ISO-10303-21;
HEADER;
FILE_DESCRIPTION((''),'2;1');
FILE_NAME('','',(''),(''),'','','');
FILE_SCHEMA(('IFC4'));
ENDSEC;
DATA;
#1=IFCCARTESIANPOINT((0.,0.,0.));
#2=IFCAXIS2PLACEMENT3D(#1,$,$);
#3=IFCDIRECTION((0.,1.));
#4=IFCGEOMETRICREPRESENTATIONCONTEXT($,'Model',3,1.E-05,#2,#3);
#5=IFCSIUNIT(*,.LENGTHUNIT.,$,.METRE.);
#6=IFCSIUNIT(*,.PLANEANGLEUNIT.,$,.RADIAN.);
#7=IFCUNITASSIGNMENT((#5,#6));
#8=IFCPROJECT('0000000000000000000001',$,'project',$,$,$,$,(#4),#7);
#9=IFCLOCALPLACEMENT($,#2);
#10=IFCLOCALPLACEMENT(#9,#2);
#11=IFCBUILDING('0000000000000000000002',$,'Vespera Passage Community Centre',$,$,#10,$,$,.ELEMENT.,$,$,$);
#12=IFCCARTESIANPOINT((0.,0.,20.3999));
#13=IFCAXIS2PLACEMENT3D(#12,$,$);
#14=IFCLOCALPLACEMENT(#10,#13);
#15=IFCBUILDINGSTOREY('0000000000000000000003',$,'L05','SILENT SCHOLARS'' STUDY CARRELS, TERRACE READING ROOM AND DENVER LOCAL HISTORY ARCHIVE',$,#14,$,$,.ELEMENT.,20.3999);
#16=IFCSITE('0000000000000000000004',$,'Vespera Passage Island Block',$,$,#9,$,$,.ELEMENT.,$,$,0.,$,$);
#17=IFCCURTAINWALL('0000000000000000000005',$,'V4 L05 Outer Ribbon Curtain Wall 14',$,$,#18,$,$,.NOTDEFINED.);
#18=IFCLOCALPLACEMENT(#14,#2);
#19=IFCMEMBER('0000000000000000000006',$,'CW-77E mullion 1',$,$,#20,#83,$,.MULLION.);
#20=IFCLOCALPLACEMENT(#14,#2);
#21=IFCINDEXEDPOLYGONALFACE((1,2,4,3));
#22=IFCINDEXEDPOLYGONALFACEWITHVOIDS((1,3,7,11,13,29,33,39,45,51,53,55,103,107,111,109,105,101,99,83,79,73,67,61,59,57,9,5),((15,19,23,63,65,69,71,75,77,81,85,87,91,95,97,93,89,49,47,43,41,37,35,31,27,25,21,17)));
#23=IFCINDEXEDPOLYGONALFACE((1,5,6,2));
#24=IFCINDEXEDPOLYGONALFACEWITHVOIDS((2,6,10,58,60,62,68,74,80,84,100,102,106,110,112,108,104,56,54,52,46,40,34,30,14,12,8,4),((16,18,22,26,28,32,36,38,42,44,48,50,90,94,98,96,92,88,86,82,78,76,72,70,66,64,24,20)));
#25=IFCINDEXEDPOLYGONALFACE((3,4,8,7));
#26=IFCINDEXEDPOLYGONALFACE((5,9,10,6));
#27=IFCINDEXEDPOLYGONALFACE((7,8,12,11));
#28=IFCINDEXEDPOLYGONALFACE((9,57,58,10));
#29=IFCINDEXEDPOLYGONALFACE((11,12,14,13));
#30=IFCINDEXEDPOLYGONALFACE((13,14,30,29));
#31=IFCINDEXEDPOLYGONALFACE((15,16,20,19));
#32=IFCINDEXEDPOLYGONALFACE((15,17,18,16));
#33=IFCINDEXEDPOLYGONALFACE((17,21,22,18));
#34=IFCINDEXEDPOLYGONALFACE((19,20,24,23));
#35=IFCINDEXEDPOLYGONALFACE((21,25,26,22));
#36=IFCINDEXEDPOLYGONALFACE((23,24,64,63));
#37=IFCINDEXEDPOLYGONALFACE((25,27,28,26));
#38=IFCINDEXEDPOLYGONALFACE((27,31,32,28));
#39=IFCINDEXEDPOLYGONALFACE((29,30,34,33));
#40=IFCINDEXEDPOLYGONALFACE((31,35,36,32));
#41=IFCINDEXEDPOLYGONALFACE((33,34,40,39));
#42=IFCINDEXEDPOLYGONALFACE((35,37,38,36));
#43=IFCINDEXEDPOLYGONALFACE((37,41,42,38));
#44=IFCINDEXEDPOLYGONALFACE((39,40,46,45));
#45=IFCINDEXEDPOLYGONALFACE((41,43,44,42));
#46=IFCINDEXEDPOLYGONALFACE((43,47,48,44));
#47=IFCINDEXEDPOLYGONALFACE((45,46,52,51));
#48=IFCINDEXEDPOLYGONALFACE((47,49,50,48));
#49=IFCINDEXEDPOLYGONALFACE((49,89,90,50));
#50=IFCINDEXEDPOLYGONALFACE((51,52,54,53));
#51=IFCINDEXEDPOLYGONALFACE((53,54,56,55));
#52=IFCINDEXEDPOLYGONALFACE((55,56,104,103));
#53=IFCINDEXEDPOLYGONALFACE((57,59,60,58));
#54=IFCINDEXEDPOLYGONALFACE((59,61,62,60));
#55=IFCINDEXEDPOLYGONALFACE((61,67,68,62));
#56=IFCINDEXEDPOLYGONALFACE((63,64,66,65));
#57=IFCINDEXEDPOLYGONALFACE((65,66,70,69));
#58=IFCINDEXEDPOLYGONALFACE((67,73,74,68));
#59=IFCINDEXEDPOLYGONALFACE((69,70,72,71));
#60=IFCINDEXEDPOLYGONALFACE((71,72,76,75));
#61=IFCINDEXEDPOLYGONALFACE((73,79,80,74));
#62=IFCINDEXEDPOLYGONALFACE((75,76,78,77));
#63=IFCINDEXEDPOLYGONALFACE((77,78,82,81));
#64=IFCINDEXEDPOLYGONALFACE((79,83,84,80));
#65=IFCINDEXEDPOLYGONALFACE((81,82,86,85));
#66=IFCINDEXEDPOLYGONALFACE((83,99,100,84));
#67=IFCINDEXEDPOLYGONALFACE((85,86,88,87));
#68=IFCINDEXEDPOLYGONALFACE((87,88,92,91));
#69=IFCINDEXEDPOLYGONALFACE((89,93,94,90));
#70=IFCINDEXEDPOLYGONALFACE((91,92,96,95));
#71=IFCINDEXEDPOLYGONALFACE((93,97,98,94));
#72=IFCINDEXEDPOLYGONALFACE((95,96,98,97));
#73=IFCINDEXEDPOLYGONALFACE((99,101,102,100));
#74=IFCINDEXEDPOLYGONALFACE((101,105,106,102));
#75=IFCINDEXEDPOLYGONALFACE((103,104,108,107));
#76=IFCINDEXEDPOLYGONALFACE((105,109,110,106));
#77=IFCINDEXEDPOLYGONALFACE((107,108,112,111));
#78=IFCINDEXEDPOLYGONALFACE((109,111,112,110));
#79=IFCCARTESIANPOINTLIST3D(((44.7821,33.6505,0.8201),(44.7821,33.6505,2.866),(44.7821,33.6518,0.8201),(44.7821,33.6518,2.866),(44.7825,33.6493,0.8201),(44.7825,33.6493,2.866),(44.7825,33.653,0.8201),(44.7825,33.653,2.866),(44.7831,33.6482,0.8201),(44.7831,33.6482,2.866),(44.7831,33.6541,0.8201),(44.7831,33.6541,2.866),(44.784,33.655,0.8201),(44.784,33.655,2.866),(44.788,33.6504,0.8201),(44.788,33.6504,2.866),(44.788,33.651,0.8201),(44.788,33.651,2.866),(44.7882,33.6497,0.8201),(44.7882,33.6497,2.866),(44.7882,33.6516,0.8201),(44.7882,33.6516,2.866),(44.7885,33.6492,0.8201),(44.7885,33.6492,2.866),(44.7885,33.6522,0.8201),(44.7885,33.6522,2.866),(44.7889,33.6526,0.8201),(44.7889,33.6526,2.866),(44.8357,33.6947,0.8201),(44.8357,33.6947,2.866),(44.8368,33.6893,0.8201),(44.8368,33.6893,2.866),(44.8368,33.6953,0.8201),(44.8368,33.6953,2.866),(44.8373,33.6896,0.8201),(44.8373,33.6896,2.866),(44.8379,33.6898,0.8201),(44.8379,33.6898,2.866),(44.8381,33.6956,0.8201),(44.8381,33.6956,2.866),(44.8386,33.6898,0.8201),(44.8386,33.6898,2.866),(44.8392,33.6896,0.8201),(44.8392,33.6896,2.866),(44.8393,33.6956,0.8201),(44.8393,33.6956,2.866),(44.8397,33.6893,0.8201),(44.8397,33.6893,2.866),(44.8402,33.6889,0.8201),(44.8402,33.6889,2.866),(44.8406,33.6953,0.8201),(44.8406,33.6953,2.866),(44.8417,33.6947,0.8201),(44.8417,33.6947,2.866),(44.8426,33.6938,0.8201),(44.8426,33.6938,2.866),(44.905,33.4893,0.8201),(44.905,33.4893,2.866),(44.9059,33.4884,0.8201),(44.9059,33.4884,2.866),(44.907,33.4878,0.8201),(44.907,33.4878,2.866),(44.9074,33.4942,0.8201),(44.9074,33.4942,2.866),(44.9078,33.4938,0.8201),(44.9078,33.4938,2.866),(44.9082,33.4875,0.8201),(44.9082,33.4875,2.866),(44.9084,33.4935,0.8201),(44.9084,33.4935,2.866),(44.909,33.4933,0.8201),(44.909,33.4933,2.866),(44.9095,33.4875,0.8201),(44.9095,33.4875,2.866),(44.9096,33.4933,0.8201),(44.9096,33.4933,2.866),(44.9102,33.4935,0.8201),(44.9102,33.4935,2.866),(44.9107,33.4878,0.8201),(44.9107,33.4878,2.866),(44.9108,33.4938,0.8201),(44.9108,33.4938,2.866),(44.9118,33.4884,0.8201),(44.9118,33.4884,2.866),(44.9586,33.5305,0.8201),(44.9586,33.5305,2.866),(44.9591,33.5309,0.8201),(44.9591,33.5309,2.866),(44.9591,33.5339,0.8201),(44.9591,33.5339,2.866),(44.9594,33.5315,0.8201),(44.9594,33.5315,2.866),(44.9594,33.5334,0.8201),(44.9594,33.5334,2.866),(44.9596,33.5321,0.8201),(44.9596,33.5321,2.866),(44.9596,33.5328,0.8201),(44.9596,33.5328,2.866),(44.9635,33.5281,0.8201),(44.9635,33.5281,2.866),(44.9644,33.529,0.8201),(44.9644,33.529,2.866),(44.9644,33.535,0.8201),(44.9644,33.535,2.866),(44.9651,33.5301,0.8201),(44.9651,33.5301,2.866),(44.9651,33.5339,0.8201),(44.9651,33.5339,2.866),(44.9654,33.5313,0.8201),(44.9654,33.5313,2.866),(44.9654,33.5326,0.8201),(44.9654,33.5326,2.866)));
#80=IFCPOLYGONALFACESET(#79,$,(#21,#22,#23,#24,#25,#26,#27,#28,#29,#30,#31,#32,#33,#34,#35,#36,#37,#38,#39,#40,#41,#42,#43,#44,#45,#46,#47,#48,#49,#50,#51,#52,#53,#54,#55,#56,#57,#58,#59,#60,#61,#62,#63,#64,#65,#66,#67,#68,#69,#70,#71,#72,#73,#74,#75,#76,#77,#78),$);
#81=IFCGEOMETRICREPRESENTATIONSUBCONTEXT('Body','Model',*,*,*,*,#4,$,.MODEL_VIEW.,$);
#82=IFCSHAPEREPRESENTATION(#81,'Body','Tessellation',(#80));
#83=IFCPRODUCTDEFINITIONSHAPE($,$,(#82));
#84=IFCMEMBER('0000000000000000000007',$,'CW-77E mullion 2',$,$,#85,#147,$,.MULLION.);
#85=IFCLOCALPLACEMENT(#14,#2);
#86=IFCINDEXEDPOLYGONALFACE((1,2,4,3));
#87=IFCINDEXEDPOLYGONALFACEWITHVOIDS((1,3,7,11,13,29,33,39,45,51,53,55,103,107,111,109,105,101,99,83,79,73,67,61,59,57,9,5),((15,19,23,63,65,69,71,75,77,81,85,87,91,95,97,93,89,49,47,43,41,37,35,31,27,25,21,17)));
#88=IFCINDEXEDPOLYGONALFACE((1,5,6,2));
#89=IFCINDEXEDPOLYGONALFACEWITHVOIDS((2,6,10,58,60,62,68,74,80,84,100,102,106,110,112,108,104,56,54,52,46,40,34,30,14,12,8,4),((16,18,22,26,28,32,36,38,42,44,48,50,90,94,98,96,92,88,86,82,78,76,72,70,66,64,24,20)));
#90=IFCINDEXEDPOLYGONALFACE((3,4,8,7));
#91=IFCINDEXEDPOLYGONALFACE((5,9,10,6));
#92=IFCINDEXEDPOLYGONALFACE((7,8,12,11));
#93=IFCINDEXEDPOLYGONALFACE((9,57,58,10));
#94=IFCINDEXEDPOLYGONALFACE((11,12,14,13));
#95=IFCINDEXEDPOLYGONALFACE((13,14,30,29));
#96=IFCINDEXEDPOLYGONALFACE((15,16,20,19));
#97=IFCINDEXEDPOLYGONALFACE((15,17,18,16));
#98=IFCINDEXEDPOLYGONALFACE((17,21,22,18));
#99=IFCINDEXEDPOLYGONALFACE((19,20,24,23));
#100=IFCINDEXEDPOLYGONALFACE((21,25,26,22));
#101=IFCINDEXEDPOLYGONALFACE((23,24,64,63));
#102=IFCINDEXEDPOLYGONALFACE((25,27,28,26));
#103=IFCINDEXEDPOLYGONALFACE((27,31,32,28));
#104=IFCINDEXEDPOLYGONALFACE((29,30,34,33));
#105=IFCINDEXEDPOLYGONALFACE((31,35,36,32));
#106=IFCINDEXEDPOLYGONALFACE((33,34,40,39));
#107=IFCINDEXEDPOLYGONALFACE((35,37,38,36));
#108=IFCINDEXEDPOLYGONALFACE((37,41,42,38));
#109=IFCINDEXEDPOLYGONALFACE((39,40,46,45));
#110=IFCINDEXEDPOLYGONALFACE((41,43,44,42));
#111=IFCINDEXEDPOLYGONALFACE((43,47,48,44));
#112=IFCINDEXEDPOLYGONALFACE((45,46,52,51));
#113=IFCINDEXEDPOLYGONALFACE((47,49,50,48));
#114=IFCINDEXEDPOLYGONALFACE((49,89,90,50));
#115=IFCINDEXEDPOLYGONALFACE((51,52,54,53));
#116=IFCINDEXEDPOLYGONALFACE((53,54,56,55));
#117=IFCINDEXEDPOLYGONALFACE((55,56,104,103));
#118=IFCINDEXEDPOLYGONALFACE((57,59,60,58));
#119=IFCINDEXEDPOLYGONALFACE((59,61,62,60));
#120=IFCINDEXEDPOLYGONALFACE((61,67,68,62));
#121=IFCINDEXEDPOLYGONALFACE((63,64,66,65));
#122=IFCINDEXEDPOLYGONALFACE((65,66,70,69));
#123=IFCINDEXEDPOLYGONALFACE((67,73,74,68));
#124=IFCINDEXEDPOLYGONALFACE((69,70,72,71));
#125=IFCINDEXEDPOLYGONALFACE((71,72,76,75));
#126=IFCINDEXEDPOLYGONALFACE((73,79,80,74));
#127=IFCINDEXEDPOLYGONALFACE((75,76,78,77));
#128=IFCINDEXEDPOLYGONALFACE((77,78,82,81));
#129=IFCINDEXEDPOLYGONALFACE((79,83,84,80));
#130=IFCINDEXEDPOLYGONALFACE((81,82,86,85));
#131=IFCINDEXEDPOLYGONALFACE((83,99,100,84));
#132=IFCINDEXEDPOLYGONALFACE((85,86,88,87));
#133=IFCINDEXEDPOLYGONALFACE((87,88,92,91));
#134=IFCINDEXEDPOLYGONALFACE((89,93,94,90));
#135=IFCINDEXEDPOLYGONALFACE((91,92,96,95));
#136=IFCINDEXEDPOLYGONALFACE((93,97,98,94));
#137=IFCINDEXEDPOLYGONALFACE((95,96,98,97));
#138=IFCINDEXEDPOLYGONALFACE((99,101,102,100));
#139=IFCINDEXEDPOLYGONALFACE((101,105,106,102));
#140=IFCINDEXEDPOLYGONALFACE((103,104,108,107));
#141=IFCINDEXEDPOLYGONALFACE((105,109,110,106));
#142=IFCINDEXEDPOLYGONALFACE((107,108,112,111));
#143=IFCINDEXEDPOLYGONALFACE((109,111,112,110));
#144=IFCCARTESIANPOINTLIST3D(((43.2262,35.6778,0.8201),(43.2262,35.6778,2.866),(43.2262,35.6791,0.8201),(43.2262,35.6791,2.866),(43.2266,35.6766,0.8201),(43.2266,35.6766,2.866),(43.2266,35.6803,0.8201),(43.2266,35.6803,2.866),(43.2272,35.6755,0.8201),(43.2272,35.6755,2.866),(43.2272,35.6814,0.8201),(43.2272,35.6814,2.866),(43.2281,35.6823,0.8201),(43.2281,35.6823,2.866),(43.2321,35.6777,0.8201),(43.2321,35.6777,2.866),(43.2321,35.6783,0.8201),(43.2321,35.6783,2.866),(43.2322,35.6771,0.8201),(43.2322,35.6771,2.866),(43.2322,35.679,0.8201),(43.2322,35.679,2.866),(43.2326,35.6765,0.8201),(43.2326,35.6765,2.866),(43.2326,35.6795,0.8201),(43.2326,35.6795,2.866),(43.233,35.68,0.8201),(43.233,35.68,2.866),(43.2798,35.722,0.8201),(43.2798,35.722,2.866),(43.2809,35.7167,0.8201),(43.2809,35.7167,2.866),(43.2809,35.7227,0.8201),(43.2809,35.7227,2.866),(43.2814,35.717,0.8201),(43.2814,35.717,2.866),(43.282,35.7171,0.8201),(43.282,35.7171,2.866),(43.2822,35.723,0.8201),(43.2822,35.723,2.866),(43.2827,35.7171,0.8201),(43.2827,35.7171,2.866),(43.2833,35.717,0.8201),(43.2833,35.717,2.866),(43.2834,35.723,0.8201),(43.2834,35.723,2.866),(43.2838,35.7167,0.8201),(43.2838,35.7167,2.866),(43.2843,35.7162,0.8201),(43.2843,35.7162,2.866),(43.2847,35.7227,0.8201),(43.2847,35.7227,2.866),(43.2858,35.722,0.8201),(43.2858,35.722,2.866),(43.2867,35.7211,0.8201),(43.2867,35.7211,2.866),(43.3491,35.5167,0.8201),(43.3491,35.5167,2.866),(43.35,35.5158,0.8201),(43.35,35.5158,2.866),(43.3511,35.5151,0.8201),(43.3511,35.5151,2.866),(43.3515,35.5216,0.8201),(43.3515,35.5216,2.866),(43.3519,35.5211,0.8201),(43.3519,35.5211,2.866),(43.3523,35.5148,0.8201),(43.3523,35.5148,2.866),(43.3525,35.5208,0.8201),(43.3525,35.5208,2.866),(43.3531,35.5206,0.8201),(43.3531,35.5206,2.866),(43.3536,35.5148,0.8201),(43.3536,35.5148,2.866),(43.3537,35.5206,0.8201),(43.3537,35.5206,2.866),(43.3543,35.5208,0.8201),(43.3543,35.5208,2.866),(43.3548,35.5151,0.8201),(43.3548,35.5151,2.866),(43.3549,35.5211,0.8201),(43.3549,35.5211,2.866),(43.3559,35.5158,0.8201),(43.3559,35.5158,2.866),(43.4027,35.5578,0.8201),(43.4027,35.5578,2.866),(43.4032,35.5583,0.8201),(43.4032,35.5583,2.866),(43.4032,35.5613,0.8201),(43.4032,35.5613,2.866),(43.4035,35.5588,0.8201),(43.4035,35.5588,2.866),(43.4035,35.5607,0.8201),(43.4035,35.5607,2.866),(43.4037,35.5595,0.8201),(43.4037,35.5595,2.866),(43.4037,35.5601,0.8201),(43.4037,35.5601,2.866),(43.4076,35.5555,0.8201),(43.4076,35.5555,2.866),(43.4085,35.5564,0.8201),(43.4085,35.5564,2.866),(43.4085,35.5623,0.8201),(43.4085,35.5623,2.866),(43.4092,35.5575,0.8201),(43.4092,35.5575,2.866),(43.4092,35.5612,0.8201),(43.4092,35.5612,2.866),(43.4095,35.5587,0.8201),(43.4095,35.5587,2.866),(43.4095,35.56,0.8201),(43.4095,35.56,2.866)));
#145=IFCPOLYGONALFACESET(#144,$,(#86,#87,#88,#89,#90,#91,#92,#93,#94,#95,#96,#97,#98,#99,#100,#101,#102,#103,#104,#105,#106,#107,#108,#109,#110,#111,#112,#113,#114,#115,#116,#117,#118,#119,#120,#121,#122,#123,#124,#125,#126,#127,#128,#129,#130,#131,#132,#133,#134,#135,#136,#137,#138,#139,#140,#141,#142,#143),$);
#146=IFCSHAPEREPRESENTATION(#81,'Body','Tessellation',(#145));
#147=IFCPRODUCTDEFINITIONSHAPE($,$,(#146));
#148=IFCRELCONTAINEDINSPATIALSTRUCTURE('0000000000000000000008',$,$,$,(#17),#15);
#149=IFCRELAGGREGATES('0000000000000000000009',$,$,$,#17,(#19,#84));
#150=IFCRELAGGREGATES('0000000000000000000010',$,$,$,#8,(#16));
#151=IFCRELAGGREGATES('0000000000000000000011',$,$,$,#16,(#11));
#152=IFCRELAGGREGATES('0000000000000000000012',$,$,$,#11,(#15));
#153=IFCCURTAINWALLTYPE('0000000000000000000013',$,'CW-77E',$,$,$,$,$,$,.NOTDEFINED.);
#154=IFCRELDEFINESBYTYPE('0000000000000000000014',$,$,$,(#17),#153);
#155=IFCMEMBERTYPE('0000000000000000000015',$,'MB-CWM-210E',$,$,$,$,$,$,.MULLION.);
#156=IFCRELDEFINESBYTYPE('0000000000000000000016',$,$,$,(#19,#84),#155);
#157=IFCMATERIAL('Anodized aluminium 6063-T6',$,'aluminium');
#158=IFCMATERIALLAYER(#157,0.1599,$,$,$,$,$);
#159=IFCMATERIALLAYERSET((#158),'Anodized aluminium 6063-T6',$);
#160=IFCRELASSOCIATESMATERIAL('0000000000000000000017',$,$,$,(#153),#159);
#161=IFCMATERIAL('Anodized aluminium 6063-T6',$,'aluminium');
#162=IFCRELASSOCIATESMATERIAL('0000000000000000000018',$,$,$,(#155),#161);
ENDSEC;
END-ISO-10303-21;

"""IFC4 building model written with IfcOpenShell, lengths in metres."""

from ifc_helpers import new_model, si_unit, direction, frame, origin, origin_2d, place, context, subcontext, project, spatial, hollow_rectangle, extrude, material, layer, layer_set, material_profile, profile_set, type_object, element, aggregate, save


model = new_model("IFC4")

# Units and contexts
model_context = context("Model", 3, precision=1e-05, world=origin(), true_north=direction((0.0, 1.0)))
body_context = subcontext(model_context, "Body", "Model", "MODEL_VIEW")
ifc_project = project(units=[si_unit("LENGTHUNIT", "METRE"), si_unit("PLANEANGLEUNIT", "RADIAN")], contexts=[model_context])

# Site, building, storey
site_placement = place(None, origin())
site = spatial("IfcSite", under=ifc_project, at=site_placement, Name="Vespera Passage Island Block", CompositionType="ELEMENT", RefElevation=0.0)
building_placement = place(site_placement, origin())
building = spatial("IfcBuilding", under=site, at=building_placement, Name="Vespera Passage Community Centre", CompositionType="ELEMENT")
storey_placement = place(building_placement, frame((0.0, 0.0, 20.3999)))
storey = spatial("IfcBuildingStorey", under=building, at=storey_placement, Name="L05", Description="SILENT SCHOLARS' STUDY CARRELS, TERRACE READING ROOM AND DENVER LOCAL HISTORY ARCHIVE", CompositionType="ELEMENT", Elevation=20.3999)

# Curtain wall, members
ifc_material_1 = material(Name="Anodized aluminium 6063-T6", Category="aluminium")
ifc_layer_1 = layer(ifc_material_1, 0.1599)
ifc_layer_set_1 = layer_set([ifc_layer_1], Name="Anodized aluminium 6063-T6")
curtain_wall_type_1 = type_object("IfcCurtainWallType", Name="CW-77E", PredefinedType="NOTDEFINED", material=ifc_layer_set_1)
curtain_wall_1_placement = place(storey_placement, origin())
curtain_wall_1 = element("IfcCurtainWall", 1, at=curtain_wall_1_placement, inside=storey, type_object=curtain_wall_type_1, Name="V4 L05 Outer Ribbon Curtain Wall 14", PredefinedType="NOTDEFINED")
ifc_material_2 = material(Name="Anodized aluminium 6063-T6", Category="aluminium")
ifc_material_profile_1 = material_profile(ifc_material_2, hollow_rectangle(XDim=0.075, YDim=0.21, WallThickness=0.0049, InnerFilletRadius=0.0024, OuterFilletRadius=0.0049, at=origin_2d()), Name="ALU210X75X5")
ifc_profile_set_1 = profile_set([ifc_material_profile_1], Name="Anodized aluminium 6063-T6")
member_type_1 = type_object("IfcMemberType", Name="MB-CWM-210E", PredefinedType="MULLION", material=ifc_profile_set_1)
member_1_placement = place(storey_placement, frame((44.8738, 33.5916, 0.8201), z_axis=(0.0, 0.0, 1.0), x_axis=(-0.79335, -0.608765, 0.0)))
member_1 = element("IfcMember", 2, at=member_1_placement, type_object=member_type_1, Name="CW-77E mullion 1", PredefinedType="MULLION", context=body_context, shape_type="SweptSolid", body=[
    extrude(hollow_rectangle(XDim=0.075, YDim=0.21, WallThickness=0.0049, InnerFilletRadius=0.0024, OuterFilletRadius=0.0049, at=origin_2d()), origin(), (0.0, 0.0, 1.0), 2.0459),
])
member_2_placement = place(storey_placement, frame((43.3179, 35.6189, 0.8201), z_axis=(0.0, 0.0, 1.0), x_axis=(-0.79335, -0.608765, 0.0)))
member_2 = element("IfcMember", 3, at=member_2_placement, type_object=member_type_1, Name="CW-77E mullion 2", PredefinedType="MULLION", context=body_context, shape_type="SweptSolid", body=[
    extrude(hollow_rectangle(XDim=0.075, YDim=0.21, WallThickness=0.0049, InnerFilletRadius=0.0024, OuterFilletRadius=0.0049, at=origin_2d()), origin(), (0.0, 0.0, 1.0), 2.0459),
])

aggregate(curtain_wall_1, [member_1, member_2])

save(model, "model.ifc")
